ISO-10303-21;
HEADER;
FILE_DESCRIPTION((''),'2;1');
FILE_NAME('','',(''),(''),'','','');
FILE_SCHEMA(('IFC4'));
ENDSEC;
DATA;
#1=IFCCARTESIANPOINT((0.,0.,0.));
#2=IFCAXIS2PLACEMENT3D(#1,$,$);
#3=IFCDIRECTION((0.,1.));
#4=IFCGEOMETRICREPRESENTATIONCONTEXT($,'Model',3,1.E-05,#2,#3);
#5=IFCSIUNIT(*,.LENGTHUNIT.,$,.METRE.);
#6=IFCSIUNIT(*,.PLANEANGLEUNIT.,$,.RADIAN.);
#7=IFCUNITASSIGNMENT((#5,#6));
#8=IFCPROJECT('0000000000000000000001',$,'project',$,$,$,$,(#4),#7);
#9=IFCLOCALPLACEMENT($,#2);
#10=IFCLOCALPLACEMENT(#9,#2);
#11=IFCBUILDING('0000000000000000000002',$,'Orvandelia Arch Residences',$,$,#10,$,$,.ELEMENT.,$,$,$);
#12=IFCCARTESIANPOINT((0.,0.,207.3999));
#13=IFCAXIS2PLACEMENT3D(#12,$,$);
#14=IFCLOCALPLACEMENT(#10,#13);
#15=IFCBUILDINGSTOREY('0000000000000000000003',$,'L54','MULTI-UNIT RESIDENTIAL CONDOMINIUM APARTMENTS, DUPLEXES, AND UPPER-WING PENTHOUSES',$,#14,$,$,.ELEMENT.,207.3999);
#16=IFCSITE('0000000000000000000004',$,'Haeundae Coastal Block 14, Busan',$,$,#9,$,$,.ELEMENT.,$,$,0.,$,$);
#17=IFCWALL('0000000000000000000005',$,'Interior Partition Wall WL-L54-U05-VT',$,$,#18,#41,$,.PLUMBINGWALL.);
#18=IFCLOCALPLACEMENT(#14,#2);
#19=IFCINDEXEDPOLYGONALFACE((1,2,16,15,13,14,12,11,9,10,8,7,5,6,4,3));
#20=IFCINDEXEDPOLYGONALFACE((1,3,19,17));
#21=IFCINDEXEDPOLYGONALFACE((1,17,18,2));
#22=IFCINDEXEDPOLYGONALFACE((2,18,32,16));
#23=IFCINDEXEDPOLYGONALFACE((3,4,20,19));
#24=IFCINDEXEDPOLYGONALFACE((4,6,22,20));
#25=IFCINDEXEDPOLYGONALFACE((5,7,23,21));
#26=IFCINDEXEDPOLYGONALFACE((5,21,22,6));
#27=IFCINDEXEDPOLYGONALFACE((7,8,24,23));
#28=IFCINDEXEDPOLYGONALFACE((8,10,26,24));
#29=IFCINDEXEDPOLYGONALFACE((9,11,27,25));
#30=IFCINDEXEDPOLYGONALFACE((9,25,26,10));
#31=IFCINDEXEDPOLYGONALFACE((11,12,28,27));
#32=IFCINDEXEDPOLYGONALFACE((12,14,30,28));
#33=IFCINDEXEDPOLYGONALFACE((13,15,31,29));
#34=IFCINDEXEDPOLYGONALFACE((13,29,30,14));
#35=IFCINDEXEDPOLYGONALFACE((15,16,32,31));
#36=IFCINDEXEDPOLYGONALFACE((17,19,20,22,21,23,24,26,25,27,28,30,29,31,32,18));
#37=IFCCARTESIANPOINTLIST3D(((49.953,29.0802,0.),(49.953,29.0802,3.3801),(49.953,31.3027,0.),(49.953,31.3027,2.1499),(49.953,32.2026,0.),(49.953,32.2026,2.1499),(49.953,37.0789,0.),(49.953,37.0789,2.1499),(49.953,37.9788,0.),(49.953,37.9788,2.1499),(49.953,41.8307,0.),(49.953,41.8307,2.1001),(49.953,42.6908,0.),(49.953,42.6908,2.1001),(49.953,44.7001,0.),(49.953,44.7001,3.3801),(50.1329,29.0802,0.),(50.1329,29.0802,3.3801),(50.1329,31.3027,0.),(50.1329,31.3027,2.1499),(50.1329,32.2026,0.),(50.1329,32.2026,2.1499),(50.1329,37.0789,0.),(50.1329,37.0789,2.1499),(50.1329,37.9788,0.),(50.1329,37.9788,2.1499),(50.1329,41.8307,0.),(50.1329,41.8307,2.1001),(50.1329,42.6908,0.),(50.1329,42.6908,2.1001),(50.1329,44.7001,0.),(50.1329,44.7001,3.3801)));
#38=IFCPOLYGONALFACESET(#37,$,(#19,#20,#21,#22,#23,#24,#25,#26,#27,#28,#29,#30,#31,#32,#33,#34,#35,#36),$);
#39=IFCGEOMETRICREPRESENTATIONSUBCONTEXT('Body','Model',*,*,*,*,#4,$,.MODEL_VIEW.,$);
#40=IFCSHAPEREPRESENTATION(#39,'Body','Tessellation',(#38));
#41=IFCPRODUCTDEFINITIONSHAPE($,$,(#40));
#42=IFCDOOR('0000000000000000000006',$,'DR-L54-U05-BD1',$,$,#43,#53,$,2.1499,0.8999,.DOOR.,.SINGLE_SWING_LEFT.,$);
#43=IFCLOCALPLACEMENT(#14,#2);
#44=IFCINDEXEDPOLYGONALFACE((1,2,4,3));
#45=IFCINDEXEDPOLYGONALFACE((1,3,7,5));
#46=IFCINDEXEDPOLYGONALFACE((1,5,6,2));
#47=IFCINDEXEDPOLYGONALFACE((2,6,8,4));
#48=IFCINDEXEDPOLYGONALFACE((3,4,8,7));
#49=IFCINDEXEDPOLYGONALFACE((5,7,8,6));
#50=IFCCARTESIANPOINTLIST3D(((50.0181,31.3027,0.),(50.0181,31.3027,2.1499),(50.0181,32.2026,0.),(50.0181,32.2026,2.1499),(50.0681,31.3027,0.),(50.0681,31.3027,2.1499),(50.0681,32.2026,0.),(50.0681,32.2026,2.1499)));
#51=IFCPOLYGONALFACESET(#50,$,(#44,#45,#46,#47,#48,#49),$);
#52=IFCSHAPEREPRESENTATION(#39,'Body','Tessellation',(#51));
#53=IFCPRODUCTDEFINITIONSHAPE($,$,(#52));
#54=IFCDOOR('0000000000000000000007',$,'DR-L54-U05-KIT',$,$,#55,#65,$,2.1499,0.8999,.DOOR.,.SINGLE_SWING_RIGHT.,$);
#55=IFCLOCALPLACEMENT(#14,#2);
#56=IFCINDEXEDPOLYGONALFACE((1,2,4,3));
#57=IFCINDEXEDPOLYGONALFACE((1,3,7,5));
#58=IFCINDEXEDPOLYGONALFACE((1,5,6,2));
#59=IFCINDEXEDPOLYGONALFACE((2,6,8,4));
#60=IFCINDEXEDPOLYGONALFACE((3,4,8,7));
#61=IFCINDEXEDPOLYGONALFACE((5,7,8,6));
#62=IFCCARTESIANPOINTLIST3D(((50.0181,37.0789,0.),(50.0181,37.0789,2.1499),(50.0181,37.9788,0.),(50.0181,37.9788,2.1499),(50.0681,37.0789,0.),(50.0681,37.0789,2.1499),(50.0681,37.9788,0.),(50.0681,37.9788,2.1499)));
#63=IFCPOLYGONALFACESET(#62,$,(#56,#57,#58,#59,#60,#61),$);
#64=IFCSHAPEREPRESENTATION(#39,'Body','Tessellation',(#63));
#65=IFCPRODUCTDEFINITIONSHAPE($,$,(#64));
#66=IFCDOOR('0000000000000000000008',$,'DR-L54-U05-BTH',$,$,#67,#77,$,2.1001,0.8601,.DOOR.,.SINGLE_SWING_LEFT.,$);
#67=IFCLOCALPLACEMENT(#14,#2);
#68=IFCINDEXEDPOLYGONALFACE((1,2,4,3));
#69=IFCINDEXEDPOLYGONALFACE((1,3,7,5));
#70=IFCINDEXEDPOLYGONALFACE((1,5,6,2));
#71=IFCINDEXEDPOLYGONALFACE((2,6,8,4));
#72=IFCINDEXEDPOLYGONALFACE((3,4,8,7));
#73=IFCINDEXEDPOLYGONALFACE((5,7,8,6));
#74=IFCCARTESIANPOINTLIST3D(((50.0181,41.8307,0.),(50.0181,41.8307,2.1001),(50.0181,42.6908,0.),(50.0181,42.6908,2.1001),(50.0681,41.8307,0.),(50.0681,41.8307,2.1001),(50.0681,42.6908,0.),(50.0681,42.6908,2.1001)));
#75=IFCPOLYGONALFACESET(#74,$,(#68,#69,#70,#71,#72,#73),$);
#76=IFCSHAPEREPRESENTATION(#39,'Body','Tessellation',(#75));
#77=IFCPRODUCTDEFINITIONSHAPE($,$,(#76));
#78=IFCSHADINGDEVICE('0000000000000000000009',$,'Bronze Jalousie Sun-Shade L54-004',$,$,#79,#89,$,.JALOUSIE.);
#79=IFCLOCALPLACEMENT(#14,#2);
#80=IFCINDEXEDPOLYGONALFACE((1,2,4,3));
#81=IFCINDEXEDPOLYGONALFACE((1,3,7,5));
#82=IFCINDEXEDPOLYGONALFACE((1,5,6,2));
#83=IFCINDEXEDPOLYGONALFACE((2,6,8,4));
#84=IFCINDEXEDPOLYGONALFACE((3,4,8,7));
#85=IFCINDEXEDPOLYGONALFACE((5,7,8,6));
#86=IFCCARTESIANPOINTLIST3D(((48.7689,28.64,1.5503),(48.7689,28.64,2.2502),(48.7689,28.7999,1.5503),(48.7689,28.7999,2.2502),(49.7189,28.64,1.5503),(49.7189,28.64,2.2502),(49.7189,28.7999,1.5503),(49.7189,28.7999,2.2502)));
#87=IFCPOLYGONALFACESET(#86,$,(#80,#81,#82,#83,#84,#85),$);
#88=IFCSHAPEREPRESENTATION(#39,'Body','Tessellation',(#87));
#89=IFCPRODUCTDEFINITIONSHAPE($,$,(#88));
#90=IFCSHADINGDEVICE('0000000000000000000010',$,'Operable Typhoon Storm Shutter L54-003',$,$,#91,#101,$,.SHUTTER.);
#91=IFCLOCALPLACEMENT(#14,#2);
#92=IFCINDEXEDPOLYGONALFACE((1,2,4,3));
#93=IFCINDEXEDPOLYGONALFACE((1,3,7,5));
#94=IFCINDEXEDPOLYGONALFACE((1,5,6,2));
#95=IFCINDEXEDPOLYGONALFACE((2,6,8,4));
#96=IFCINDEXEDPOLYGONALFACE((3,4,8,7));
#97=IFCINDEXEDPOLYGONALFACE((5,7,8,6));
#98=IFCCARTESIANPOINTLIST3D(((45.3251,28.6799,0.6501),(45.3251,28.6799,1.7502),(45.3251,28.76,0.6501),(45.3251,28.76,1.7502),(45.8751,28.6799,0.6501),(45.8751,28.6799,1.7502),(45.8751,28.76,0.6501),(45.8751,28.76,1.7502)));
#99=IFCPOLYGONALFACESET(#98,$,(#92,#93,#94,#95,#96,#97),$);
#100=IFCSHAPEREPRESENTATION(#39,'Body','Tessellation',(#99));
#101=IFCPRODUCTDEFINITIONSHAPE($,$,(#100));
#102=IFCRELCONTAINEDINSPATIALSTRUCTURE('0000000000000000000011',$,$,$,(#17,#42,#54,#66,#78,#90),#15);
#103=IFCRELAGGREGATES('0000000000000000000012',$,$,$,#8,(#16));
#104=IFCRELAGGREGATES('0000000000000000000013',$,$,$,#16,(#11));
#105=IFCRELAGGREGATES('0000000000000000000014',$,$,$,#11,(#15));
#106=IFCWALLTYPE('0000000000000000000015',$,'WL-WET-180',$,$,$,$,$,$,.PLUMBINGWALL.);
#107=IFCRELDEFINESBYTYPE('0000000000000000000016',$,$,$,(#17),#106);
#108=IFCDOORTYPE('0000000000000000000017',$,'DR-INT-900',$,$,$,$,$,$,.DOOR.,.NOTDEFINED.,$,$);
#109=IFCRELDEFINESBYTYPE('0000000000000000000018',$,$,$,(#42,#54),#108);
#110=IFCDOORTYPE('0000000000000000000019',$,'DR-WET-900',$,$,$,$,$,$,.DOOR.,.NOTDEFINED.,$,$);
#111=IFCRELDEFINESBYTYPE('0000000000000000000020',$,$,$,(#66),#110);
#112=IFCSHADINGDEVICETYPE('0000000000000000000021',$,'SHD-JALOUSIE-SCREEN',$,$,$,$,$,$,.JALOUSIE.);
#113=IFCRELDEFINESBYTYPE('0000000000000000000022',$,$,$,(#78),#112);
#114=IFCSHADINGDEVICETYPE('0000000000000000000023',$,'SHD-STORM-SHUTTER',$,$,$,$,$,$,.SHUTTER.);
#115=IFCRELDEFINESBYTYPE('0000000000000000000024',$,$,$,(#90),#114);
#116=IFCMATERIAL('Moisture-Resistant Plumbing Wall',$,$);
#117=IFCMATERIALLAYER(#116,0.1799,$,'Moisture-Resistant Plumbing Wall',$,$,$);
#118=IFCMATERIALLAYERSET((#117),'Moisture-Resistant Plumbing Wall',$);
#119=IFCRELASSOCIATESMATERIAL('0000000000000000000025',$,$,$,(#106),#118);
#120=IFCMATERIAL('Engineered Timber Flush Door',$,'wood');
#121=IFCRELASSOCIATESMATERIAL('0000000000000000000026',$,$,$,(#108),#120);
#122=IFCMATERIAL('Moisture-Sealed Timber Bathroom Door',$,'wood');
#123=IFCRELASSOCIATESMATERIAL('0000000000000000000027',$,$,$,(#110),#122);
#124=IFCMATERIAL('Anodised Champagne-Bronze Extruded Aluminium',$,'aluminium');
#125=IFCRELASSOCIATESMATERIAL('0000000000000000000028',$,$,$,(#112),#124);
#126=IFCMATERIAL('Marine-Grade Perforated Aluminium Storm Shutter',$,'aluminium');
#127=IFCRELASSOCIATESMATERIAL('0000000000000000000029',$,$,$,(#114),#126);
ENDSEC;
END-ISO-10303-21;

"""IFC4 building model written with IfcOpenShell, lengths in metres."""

from ifc_helpers import new_model, si_unit, direction, frame, frame_2d, origin, origin_2d, place, context, subcontext, project, spatial, rectangle, extrude, material, layer, layer_set, type_object, element, fill, save


model = new_model("IFC4")

# Units and contexts
model_context = context("Model", 3, precision=1e-05, world=origin(), true_north=direction((0.0, 1.0)))
body_context = subcontext(model_context, "Body", "Model", "MODEL_VIEW")
ifc_project = project(units=[si_unit("LENGTHUNIT", "METRE"), si_unit("PLANEANGLEUNIT", "RADIAN")], contexts=[model_context])

# Site, building, storey
site_placement = place(None, origin())
site = spatial("IfcSite", under=ifc_project, at=site_placement, Name="Haeundae Coastal Block 14, Busan", CompositionType="ELEMENT", RefElevation=0.0)
building_placement = place(site_placement, origin())
building = spatial("IfcBuilding", under=site, at=building_placement, Name="Orvandelia Arch Residences", CompositionType="ELEMENT")
storey_placement = place(building_placement, frame((0.0, 0.0, 207.3999)))
storey = spatial("IfcBuildingStorey", under=building, at=storey_placement, Name="L54", Description="MULTI-UNIT RESIDENTIAL CONDOMINIUM APARTMENTS, DUPLEXES, AND UPPER-WING PENTHOUSES", CompositionType="ELEMENT", Elevation=207.3999)

# Wall, openings, doors
ifc_material_1 = material(Name="Moisture-Resistant Plumbing Wall")
ifc_layer_1 = layer(ifc_material_1, 0.1799, Name="Moisture-Resistant Plumbing Wall")
ifc_layer_set_1 = layer_set([ifc_layer_1], Name="Moisture-Resistant Plumbing Wall")
wall_type_1 = type_object("IfcWallType", Name="WL-WET-180", PredefinedType="PLUMBINGWALL", material=ifc_layer_set_1)
wall_1_placement = place(storey_placement, frame((50.043, 29.0801, 0.0), z_axis=(0.0, 0.0, 1.0), x_axis=(0.0, 1.0, 0.0)))
wall_1 = element("IfcWall", 1, at=wall_1_placement, inside=storey, type_object=wall_type_1, Name="Interior Partition Wall WL-L54-U05-VT", PredefinedType="PLUMBINGWALL", context=body_context, shape_type="SweptSolid", body=[
    extrude(rectangle(XDim=15.6199, YDim=0.1799, at=frame_2d((7.8101, 0.0))), origin(), (0.0, 0.0, 1.0), 3.3801),
])
opening_1_placement = place(wall_1_placement, frame((2.2227, 0.0, 0.0)))
opening_1 = element("IfcOpeningElement", 2, at=opening_1_placement, cuts=wall_1, PredefinedType="OPENING", context=body_context, shape_type="SweptSolid", body=[
    extrude(rectangle(XDim=0.8999, YDim=2.1499, at=frame_2d((0.45, 1.075))), frame((0.0, 0.1001, 0.0), z_axis=(0.0, -1.0, 0.0), x_axis=(1.0, 0.0, 0.0)), (0.0, 0.0, 1.0), 0.2),
])
opening_2_placement = place(wall_1_placement, frame((7.9988, 0.0, 0.0)))
opening_2 = element("IfcOpeningElement", 3, at=opening_2_placement, cuts=wall_1, PredefinedType="OPENING", context=body_context, shape_type="SweptSolid", body=[
    extrude(rectangle(XDim=0.8999, YDim=2.1499, at=frame_2d((0.45, 1.075))), frame((0.0, 0.1001, 0.0), z_axis=(0.0, -1.0, 0.0), x_axis=(1.0, 0.0, 0.0)), (0.0, 0.0, 1.0), 0.2),
])
opening_3_placement = place(wall_1_placement, frame((12.7505, 0.0, 0.0)))
opening_3 = element("IfcOpeningElement", 4, at=opening_3_placement, cuts=wall_1, PredefinedType="OPENING", context=body_context, shape_type="SweptSolid", body=[
    extrude(rectangle(XDim=0.8601, YDim=2.1001, at=frame_2d((0.4302, 1.05))), frame((0.0, 0.1001, 0.0), z_axis=(0.0, -1.0, 0.0), x_axis=(1.0, 0.0, 0.0)), (0.0, 0.0, 1.0), 0.2),
])
ifc_material_2 = material(Name="Engineered Timber Flush Door", Category="wood")
door_type_1 = type_object("IfcDoorType", Name="DR-INT-900", OperationType="NOTDEFINED", PredefinedType="DOOR", material=ifc_material_2)
door_1_placement = place(opening_1_placement, origin())
door_1 = element("IfcDoor", 5, at=door_1_placement, inside=storey, type_object=door_type_1, Name="DR-L54-U05-BD1", OperationType="SINGLE_SWING_LEFT", OverallHeight=2.1499, OverallWidth=0.8999, PredefinedType="DOOR", context=body_context, shape_type="SweptSolid", body=[
    extrude(rectangle(XDim=0.8999, YDim=2.1499, at=frame_2d((0.45, 1.075))), frame((0.0, 0.0249, 0.0), z_axis=(0.0, -1.0, 0.0), x_axis=(1.0, 0.0, 0.0)), (0.0, 0.0, 1.0), 0.05),
])
fill(opening_1, door_1)
door_2_placement = place(opening_2_placement, origin())
door_2 = element("IfcDoor", 6, at=door_2_placement, inside=storey, type_object=door_type_1, Name="DR-L54-U05-KIT", OperationType="SINGLE_SWING_RIGHT", OverallHeight=2.1499, OverallWidth=0.8999, PredefinedType="DOOR", context=body_context, shape_type="SweptSolid", body=[
    extrude(rectangle(XDim=0.8999, YDim=2.1499, at=frame_2d((0.45, 1.075))), frame((0.0, 0.0249, 0.0), z_axis=(0.0, -1.0, 0.0), x_axis=(1.0, 0.0, 0.0)), (0.0, 0.0, 1.0), 0.05),
])
fill(opening_2, door_2)
ifc_material_3 = material(Name="Moisture-Sealed Timber Bathroom Door", Category="wood")
door_type_2 = type_object("IfcDoorType", Name="DR-WET-900", OperationType="NOTDEFINED", PredefinedType="DOOR", material=ifc_material_3)
door_3_placement = place(opening_3_placement, origin())
door_3 = element("IfcDoor", 7, at=door_3_placement, inside=storey, type_object=door_type_2, Name="DR-L54-U05-BTH", OperationType="SINGLE_SWING_LEFT", OverallHeight=2.1001, OverallWidth=0.8601, PredefinedType="DOOR", context=body_context, shape_type="SweptSolid", body=[
    extrude(rectangle(XDim=0.8601, YDim=2.1001, at=frame_2d((0.4302, 1.05))), frame((0.0, 0.0249, 0.0), z_axis=(0.0, -1.0, 0.0), x_axis=(1.0, 0.0, 0.0)), (0.0, 0.0, 1.0), 0.05),
])
fill(opening_3, door_3)

# Shading devices
ifc_material_4 = material(Name="Anodised Champagne-Bronze Extruded Aluminium", Category="aluminium")
shading_device_type_1 = type_object("IfcShadingDeviceType", Name="SHD-JALOUSIE-SCREEN", PredefinedType="JALOUSIE", material=ifc_material_4)
shading_device_1_placement = place(storey_placement, frame((49.2439, 28.72, 1.5503), z_axis=(0.0, 0.0, 1.0), x_axis=(-1.0, 0.0, 0.0)))
element("IfcShadingDevice", 8, at=shading_device_1_placement, inside=storey, type_object=shading_device_type_1, Name="Bronze Jalousie Sun-Shade L54-004", PredefinedType="JALOUSIE", context=body_context, shape_type="SweptSolid", body=[
    extrude(rectangle(XDim=0.95, YDim=0.1599, at=origin_2d()), origin(), (0.0, 0.0, 1.0), 0.7),
])
ifc_material_5 = material(Name="Marine-Grade Perforated Aluminium Storm Shutter", Category="aluminium")
shading_device_type_2 = type_object("IfcShadingDeviceType", Name="SHD-STORM-SHUTTER", PredefinedType="SHUTTER", material=ifc_material_5)
shading_device_2_placement = place(storey_placement, frame((45.6001, 28.72, 0.6501), z_axis=(0.0, 0.0, 1.0), x_axis=(-1.0, 0.0, 0.0)))
element("IfcShadingDevice", 9, at=shading_device_2_placement, inside=storey, type_object=shading_device_type_2, Name="Operable Typhoon Storm Shutter L54-003", PredefinedType="SHUTTER", context=body_context, shape_type="SweptSolid", body=[
    extrude(rectangle(XDim=0.55, YDim=0.0801, at=origin_2d()), origin(), (0.0, 0.0, 1.0), 1.1001),
])

save(model, "model.ifc")
